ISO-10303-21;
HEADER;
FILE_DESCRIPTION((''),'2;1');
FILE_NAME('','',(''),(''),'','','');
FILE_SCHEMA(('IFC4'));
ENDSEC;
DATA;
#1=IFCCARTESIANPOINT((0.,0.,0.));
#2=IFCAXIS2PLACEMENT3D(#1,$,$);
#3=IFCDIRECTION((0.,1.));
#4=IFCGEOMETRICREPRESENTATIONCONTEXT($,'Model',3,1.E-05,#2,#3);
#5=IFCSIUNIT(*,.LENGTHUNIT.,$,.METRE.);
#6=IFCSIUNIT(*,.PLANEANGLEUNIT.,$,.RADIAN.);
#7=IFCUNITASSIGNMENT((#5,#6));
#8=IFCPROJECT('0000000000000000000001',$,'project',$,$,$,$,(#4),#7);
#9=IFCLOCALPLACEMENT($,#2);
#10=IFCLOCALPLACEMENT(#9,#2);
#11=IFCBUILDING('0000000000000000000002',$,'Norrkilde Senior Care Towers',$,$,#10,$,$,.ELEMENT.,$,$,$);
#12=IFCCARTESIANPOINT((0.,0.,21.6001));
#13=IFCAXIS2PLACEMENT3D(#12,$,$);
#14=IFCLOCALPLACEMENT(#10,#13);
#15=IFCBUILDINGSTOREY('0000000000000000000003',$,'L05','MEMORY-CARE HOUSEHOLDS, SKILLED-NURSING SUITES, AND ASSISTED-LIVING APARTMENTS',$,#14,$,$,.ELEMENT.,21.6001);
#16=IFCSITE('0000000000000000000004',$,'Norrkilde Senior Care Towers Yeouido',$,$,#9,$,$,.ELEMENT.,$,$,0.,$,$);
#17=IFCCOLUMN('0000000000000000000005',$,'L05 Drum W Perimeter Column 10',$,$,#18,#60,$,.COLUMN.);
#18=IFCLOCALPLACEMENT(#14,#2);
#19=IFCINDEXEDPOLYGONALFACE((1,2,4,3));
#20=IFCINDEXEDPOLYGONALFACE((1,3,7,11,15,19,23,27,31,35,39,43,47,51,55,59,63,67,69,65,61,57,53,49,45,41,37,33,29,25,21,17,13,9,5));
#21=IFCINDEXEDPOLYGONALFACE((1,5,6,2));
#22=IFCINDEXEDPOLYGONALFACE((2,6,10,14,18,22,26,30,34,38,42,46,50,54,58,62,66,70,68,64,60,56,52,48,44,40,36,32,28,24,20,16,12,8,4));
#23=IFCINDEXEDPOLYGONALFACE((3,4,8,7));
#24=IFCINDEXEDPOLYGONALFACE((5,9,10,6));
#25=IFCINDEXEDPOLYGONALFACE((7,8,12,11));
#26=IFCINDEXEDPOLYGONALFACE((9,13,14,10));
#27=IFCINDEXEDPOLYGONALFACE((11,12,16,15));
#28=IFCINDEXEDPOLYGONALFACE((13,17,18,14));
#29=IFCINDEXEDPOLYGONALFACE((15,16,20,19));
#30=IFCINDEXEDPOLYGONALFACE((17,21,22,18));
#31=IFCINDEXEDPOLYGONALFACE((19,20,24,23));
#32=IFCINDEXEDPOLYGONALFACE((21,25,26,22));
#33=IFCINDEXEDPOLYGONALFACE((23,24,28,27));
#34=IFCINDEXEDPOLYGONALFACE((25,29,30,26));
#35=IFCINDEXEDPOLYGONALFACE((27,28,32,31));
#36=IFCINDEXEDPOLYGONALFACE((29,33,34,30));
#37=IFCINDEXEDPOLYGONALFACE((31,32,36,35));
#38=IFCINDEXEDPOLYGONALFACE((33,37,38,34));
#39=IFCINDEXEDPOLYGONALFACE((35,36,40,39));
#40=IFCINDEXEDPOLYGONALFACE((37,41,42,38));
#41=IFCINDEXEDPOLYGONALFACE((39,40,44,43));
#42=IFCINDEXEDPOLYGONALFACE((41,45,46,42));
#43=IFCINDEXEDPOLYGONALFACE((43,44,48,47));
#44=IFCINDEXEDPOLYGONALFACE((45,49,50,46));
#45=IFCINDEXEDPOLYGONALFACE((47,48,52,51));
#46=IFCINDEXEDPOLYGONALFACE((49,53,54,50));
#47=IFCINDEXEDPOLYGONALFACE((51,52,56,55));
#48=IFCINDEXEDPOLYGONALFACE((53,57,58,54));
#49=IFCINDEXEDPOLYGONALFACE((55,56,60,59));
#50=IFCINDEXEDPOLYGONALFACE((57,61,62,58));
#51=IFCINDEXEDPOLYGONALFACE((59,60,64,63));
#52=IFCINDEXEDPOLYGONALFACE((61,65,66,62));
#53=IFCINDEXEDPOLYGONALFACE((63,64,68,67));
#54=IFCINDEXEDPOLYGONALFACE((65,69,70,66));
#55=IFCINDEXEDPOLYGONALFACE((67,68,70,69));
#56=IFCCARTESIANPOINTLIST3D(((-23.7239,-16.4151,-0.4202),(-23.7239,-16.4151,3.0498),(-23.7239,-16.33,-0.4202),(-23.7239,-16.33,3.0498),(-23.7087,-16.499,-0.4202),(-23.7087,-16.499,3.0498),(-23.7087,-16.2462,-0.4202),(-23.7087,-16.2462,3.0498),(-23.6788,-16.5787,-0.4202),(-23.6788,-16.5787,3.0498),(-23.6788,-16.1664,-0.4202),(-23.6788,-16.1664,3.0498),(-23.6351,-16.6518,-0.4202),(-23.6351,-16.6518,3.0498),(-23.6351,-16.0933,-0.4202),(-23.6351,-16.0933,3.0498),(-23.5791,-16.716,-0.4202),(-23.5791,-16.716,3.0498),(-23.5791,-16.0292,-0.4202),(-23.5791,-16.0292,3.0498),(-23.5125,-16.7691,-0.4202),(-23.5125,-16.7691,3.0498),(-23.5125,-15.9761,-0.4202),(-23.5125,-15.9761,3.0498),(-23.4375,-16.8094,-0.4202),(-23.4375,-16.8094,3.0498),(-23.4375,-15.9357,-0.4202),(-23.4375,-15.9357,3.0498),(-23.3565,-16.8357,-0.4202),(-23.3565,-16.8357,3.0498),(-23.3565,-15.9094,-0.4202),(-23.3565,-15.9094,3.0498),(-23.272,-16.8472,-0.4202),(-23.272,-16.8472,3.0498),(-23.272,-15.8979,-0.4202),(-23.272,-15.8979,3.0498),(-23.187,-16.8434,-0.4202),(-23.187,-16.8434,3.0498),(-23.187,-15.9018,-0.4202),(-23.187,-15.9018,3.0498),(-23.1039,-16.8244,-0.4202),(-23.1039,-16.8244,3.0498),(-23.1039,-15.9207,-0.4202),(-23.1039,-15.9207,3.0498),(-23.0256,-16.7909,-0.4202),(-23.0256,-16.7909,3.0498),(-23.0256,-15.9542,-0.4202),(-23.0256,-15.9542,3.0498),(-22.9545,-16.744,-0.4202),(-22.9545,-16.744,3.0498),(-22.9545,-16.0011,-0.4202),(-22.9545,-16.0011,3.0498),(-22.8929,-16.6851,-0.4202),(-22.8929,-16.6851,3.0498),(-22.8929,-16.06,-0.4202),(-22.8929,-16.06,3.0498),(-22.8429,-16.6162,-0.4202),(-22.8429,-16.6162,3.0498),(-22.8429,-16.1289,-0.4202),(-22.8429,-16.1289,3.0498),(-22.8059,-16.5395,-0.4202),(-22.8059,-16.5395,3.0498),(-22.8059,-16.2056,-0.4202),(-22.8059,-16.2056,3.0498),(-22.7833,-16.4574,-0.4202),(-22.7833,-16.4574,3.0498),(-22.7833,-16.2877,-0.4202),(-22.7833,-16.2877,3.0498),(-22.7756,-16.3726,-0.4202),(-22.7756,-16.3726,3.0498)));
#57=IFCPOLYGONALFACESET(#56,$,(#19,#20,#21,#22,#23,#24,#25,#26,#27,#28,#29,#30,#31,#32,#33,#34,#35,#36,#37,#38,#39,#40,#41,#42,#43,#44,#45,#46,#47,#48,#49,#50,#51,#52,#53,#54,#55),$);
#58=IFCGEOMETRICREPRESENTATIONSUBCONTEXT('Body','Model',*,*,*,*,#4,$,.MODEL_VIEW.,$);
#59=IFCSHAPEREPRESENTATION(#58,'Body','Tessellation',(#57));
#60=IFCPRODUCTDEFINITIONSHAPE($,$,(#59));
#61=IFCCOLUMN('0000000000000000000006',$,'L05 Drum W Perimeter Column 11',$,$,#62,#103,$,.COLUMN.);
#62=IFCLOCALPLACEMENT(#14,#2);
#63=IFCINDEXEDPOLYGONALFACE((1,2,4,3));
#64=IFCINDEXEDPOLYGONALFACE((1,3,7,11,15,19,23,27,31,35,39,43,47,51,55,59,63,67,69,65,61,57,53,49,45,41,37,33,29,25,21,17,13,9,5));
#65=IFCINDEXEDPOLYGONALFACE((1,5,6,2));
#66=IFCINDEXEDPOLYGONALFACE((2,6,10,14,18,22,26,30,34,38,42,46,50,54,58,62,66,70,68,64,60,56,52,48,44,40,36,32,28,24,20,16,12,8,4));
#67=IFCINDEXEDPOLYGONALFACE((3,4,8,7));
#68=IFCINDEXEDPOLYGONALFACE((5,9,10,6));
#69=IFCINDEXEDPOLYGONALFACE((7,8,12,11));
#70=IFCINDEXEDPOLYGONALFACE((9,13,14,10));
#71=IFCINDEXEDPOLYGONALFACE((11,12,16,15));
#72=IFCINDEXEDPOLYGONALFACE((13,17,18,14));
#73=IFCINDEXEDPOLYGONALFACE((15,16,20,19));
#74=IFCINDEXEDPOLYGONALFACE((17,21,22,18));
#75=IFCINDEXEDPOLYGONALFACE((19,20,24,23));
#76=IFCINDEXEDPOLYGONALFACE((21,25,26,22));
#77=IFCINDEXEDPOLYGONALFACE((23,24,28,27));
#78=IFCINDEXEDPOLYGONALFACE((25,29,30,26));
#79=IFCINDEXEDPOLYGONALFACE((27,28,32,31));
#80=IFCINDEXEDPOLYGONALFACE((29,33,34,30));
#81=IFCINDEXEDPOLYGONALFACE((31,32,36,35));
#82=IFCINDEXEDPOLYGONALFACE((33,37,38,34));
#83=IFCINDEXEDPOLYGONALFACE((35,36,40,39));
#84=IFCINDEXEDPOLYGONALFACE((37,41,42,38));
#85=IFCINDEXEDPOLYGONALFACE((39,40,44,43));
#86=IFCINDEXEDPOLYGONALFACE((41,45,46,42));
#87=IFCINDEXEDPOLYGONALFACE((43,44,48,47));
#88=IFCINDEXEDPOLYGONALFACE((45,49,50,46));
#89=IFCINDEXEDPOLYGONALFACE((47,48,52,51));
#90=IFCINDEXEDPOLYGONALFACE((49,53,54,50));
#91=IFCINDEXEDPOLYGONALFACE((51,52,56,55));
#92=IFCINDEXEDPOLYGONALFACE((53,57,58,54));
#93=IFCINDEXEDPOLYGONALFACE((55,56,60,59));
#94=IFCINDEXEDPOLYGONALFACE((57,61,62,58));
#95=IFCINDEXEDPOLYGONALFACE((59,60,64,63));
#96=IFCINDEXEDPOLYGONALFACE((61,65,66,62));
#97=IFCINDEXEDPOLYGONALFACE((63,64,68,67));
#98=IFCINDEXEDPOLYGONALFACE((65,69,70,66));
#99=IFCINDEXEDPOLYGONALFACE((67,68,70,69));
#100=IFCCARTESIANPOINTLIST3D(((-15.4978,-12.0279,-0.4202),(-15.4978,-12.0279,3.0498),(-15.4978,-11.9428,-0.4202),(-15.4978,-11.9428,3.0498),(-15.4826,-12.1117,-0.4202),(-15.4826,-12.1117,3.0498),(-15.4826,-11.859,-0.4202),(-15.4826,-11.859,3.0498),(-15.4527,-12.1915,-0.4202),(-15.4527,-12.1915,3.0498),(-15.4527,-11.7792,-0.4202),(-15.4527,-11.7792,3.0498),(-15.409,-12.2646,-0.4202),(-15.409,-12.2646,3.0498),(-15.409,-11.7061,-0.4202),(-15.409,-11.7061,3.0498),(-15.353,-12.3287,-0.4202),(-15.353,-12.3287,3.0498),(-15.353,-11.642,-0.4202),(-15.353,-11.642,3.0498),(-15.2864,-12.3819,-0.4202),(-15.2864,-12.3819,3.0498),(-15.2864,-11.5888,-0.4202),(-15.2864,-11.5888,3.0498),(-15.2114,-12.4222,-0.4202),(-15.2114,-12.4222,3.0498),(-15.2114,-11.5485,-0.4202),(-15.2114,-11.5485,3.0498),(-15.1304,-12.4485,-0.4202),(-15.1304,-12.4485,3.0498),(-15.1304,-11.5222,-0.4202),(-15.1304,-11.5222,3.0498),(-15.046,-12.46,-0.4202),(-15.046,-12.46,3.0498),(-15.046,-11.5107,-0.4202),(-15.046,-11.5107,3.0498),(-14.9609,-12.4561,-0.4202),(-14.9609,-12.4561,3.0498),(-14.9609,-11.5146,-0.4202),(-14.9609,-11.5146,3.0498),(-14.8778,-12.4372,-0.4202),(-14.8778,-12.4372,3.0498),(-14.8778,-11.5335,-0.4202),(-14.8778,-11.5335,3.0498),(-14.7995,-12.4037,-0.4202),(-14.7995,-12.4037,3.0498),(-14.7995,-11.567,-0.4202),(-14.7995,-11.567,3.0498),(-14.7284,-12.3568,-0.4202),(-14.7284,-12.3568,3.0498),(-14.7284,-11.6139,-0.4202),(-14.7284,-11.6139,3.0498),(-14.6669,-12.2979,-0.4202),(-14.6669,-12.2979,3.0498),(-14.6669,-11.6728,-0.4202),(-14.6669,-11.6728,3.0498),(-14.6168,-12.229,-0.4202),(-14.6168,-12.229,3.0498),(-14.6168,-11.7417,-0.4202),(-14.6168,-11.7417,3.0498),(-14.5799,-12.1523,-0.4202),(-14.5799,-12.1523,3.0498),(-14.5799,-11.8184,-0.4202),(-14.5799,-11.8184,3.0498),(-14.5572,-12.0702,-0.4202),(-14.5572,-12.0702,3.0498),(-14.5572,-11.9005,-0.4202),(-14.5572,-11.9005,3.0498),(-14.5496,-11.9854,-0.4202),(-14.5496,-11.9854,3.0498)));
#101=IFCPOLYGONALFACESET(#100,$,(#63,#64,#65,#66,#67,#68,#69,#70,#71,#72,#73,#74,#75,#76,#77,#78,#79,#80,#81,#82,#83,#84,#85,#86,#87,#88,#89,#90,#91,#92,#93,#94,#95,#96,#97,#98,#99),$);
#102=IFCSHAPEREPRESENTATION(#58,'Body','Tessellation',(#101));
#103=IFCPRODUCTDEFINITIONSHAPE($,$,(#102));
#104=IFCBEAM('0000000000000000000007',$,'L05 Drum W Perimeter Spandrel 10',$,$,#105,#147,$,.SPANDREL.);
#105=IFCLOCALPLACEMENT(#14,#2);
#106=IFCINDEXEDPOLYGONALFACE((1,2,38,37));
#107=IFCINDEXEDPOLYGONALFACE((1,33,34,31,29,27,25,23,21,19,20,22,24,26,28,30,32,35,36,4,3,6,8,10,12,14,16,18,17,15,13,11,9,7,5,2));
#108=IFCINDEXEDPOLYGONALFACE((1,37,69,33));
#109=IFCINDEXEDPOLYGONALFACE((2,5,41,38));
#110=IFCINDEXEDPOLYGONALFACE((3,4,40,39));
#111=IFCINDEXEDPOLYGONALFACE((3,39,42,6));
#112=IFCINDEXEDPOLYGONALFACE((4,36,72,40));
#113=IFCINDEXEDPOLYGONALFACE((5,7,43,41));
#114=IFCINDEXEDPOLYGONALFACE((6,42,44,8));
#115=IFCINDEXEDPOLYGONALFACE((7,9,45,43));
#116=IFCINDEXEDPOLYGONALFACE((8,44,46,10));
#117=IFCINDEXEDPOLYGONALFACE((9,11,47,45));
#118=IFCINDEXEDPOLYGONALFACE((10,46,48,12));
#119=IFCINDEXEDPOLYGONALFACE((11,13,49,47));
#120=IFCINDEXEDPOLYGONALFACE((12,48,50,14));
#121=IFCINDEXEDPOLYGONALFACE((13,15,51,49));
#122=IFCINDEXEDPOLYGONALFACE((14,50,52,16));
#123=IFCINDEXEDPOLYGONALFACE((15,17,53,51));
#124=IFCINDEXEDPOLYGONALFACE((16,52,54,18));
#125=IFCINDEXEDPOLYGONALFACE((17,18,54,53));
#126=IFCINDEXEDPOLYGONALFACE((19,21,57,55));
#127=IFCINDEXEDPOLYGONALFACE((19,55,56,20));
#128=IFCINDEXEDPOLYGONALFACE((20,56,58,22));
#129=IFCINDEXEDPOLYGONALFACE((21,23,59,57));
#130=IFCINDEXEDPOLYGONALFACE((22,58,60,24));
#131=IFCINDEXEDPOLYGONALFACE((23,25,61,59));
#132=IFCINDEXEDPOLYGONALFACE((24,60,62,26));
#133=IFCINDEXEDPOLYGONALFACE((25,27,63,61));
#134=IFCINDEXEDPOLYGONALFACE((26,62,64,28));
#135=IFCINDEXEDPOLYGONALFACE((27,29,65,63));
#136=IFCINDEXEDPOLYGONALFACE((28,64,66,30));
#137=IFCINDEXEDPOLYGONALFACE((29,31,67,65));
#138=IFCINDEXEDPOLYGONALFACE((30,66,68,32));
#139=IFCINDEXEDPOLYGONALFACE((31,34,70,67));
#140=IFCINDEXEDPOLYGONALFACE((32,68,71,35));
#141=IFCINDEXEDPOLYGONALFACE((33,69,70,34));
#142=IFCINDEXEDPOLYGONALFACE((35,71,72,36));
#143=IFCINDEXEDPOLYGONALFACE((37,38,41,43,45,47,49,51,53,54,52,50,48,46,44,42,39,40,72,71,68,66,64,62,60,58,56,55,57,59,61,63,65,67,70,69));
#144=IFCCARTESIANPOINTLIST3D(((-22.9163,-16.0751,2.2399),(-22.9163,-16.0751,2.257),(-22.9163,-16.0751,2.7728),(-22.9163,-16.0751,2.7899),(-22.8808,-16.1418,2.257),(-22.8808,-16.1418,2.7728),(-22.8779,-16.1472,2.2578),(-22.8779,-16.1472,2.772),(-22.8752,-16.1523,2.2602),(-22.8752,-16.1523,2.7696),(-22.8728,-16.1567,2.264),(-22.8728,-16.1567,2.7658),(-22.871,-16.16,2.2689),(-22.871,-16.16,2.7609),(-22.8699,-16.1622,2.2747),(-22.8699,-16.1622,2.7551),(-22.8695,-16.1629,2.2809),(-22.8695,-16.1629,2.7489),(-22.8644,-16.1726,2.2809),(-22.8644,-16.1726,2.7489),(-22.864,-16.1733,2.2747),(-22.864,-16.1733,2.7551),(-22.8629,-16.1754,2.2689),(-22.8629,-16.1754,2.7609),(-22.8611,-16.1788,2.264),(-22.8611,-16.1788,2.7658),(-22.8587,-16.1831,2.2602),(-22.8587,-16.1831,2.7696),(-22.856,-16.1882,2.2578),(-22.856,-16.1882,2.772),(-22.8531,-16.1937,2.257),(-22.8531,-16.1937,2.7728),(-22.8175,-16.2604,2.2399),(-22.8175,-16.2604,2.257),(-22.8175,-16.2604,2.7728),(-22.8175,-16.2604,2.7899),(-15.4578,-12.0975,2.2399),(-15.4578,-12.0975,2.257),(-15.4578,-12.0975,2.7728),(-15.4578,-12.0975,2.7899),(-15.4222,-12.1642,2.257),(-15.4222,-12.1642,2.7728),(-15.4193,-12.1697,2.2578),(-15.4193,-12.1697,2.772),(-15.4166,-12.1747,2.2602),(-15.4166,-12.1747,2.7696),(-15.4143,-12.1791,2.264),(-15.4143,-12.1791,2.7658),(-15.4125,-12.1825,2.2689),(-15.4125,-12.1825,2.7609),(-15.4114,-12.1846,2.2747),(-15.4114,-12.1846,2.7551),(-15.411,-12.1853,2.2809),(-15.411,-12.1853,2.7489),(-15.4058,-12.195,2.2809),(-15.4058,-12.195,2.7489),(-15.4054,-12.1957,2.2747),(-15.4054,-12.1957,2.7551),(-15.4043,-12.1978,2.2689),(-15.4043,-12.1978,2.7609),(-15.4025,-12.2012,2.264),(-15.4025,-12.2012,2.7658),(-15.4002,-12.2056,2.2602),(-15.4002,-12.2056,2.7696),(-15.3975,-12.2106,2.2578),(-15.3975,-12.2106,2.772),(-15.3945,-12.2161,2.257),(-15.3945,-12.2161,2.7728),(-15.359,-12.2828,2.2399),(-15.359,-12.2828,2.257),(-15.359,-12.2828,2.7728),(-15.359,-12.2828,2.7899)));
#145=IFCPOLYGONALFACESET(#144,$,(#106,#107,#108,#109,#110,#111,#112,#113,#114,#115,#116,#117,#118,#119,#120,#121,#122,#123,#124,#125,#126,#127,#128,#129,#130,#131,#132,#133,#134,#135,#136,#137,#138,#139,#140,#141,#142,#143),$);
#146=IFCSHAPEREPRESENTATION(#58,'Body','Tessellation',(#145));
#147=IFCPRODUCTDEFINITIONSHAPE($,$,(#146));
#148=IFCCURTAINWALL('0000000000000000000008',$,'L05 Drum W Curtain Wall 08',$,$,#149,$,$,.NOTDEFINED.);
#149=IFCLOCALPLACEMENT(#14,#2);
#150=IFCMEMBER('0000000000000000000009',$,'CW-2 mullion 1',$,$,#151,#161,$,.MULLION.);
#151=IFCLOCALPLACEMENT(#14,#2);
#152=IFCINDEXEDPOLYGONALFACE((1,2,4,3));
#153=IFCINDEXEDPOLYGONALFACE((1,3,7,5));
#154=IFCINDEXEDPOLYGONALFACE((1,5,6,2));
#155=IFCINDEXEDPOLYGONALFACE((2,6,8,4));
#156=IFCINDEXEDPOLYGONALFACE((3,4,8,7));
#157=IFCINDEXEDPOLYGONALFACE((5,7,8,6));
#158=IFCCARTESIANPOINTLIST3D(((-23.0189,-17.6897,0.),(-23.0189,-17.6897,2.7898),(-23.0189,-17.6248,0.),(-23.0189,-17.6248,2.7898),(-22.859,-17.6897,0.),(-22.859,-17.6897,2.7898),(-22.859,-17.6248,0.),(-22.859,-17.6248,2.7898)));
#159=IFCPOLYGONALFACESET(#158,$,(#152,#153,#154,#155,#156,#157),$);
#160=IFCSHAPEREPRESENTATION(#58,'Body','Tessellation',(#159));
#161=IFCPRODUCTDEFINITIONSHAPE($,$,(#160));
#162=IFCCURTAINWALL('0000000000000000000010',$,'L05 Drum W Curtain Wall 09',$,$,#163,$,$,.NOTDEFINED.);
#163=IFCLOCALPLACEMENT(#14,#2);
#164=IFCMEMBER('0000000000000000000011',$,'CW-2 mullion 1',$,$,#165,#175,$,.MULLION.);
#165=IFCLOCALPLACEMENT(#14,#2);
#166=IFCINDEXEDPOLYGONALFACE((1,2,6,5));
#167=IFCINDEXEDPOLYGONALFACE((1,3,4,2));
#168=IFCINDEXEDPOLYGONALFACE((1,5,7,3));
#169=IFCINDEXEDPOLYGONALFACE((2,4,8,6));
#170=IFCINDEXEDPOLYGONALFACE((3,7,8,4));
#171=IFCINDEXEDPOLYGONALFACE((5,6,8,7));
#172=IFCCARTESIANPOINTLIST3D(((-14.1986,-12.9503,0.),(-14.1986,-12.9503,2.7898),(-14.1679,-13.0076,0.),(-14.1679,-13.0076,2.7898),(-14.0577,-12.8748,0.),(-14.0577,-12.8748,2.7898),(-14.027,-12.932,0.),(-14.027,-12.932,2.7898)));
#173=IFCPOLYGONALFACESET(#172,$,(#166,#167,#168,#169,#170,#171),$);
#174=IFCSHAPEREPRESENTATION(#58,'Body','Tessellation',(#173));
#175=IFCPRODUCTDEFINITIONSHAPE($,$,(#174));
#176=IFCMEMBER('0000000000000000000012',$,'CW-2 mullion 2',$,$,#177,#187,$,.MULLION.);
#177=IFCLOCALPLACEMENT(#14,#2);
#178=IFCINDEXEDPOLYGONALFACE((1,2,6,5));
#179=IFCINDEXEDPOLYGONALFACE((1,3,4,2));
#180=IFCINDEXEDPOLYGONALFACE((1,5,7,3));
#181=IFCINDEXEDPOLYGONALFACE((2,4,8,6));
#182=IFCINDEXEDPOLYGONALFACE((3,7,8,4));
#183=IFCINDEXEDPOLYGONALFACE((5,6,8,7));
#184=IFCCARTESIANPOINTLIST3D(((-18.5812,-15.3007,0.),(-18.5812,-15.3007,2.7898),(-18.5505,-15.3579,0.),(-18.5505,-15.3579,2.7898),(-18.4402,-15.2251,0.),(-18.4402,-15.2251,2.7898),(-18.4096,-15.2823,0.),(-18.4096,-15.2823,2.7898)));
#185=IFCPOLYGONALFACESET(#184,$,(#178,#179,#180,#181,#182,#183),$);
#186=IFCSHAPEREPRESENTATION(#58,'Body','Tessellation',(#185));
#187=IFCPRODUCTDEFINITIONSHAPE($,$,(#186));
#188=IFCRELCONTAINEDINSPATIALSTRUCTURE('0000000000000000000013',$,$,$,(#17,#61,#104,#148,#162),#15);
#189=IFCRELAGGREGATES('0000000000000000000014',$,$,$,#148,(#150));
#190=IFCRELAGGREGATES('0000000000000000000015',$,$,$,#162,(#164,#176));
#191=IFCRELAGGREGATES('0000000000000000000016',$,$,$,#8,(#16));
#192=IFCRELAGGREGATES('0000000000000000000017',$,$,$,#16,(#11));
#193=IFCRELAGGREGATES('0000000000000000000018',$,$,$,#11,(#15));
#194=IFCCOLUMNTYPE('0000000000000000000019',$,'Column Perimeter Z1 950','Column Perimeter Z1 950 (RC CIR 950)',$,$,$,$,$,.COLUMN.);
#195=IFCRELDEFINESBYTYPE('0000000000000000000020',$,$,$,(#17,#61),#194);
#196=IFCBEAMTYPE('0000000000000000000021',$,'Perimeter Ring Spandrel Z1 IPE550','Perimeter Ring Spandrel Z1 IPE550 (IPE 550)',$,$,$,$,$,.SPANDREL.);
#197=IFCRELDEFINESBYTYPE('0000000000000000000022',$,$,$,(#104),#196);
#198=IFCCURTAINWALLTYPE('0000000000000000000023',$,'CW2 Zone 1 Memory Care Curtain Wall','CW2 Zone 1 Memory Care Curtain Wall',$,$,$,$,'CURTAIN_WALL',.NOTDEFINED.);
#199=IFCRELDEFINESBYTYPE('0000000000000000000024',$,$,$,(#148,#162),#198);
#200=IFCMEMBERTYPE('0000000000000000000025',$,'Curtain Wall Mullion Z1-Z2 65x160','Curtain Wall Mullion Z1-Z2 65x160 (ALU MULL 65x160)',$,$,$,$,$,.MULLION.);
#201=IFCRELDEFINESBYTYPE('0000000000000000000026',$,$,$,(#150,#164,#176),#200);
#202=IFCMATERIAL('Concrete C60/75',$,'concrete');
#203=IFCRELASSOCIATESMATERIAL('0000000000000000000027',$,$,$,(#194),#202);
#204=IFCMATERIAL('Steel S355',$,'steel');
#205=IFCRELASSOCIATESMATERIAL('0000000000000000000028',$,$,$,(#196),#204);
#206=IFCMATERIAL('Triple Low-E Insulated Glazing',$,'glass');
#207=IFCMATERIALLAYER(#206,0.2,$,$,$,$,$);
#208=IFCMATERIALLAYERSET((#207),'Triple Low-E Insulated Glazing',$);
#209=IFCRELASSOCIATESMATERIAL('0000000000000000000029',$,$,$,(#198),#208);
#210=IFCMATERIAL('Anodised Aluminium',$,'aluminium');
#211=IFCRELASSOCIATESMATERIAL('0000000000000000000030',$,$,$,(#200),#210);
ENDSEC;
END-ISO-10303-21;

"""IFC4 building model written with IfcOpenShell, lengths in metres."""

from ifc_helpers import new_model, si_unit, direction, frame, origin, origin_2d, place, context, subcontext, project, spatial, rectangle, circle, i_section, extrude, source, transform, mapped, material, layer, layer_set, material_profile, profile_set, type_object, type_shapes, element, aggregate, save


model = new_model("IFC4")

# Units and contexts
model_context = context("Model", 3, precision=1e-05, world=origin(), true_north=direction((0.0, 1.0)))
body_context = subcontext(model_context, "Body", "Model", "MODEL_VIEW")
ifc_project = project(units=[si_unit("LENGTHUNIT", "METRE"), si_unit("PLANEANGLEUNIT", "RADIAN")], contexts=[model_context])

# Site, building, storey
site_placement = place(None, origin())
site = spatial("IfcSite", under=ifc_project, at=site_placement, Name="Norrkilde Senior Care Towers Yeouido", CompositionType="ELEMENT", RefElevation=0.0)
building_placement = place(site_placement, origin())
building = spatial("IfcBuilding", under=site, at=building_placement, Name="Norrkilde Senior Care Towers", CompositionType="ELEMENT")
storey_placement = place(building_placement, frame((0.0, 0.0, 21.6001)))
storey = spatial("IfcBuildingStorey", under=building, at=storey_placement, Name="L05", Description="MEMORY-CARE HOUSEHOLDS, SKILLED-NURSING SUITES, AND ASSISTED-LIVING APARTMENTS", CompositionType="ELEMENT", Elevation=21.6001)

# Columns
ifc_material_1 = material(Name="Concrete C60/75", Category="concrete")
ifc_material_profile_1 = material_profile(ifc_material_1, circle(Radius=0.4751, at=origin_2d()), Name="RC CIR 950")
ifc_profile_set_1 = profile_set([ifc_material_profile_1], Name="Concrete C60/75")
column_type = type_object("IfcColumnType", Name="Column Perimeter Z1 950", Description="Column Perimeter Z1 950 (RC CIR 950)", PredefinedType="COLUMN", material=ifc_profile_set_1)
shared_shape_1 = source(origin(), body_context, "Body", "SweptSolid", [
    extrude(circle(Radius=0.4751, at=origin_2d()), origin(), (0.0, 0.0, 1.0), 3.47),
])
type_shapes(column_type, [shared_shape_1])
for number, where, z_axis, x_axis, name in (
    (1, (-23.2507, -16.3726, -0.4202), (0.0, 0.0, 1.0), (1.0, 0.0, 0.0), "L05 Drum W Perimeter Column 10"),
    (2, (-15.0247, -11.9854, -0.4202), (0.0, 0.0, 1.0), (1.0, 0.0, 0.0), "L05 Drum W Perimeter Column 11"),
):
    element("IfcColumn", number, at=place(storey_placement, frame(where, z_axis=z_axis, x_axis=x_axis)), inside=storey, type_object=column_type, Name=name, PredefinedType="COLUMN", context=body_context, shape_type="MappedRepresentation", body=[
        mapped(shared_shape_1, transform((0.0, 0.0, 0.0), x_axis=(1.0, 0.0, 0.0), y_axis=(0.0, 1.0, 0.0), z_axis=(0.0, 0.0, 1.0), scale=1.0)),
    ])

# Beam
ifc_material_2 = material(Name="Steel S355", Category="steel")
ifc_material_profile_2 = material_profile(ifc_material_2, i_section(OverallWidth=0.21, OverallDepth=0.55, WebThickness=0.011, FlangeThickness=0.0171, FilletRadius=0.0239, at=origin_2d()), Name="IPE 550")
ifc_profile_set_2 = profile_set([ifc_material_profile_2], Name="Steel S355")
beam_type = type_object("IfcBeamType", Name="Perimeter Ring Spandrel Z1 IPE550", Description="Perimeter Ring Spandrel Z1 IPE550 (IPE 550)", PredefinedType="SPANDREL", material=ifc_profile_set_2)
shared_shape_2 = source(origin(), body_context, "Body", "SweptSolid", [
    extrude(i_section(OverallWidth=0.21, OverallDepth=0.55, WebThickness=0.011, FlangeThickness=0.0171, FilletRadius=0.0239, at=origin_2d()), origin(), (0.0, 0.0, 1.0), 8.4529),
])
type_shapes(beam_type, [shared_shape_2])
beam_placement = place(storey_placement, frame((-22.8669, -16.1677, 2.5149), z_axis=(0.882369, 0.470558, 0.0), x_axis=(-0.470558, 0.882369, 0.0)))
element("IfcBeam", 3, at=beam_placement, inside=storey, type_object=beam_type, Name="L05 Drum W Perimeter Spandrel 10", PredefinedType="SPANDREL", context=body_context, shape_type="MappedRepresentation", body=[
    mapped(shared_shape_2, transform((0.0, 0.0, 0.0), x_axis=(1.0, 0.0, 0.0), y_axis=(0.0, 1.0, 0.0), z_axis=(0.0, 0.0, 1.0), scale=1.0)),
])

# Curtain wall, member
ifc_material_3 = material(Name="Triple Low-E Insulated Glazing", Category="glass")
ifc_layer_1 = layer(ifc_material_3, 0.2)
ifc_layer_set_1 = layer_set([ifc_layer_1], Name="Triple Low-E Insulated Glazing")
curtain_wall_type = type_object("IfcCurtainWallType", Name="CW2 Zone 1 Memory Care Curtain Wall", Description="CW2 Zone 1 Memory Care Curtain Wall", ElementType="CURTAIN_WALL", PredefinedType="NOTDEFINED", material=ifc_layer_set_1)
curtain_wall_1_placement = place(storey_placement, origin())
curtain_wall_1 = element("IfcCurtainWall", 4, at=curtain_wall_1_placement, inside=storey, type_object=curtain_wall_type, Name="L05 Drum W Curtain Wall 08", PredefinedType="NOTDEFINED")
ifc_material_4 = material(Name="Anodised Aluminium", Category="aluminium")
ifc_material_profile_3 = material_profile(ifc_material_4, rectangle(XDim=0.0649, YDim=0.1599, at=origin_2d()), Name="ALU MULL 65x160")
ifc_profile_set_3 = profile_set([ifc_material_profile_3], Name="Anodised Aluminium")
member_type_1 = type_object("IfcMemberType", Name="Curtain Wall Mullion Z1-Z2 65x160", Description="Curtain Wall Mullion Z1-Z2 65x160 (ALU MULL 65x160)", PredefinedType="MULLION", material=ifc_profile_set_3)
shared_shape_3 = source(origin(), body_context, "Body", "SweptSolid", [
    extrude(rectangle(XDim=0.0649, YDim=0.1599, at=origin_2d()), origin(), (0.0, 0.0, 1.0), 2.7898),
])
type_shapes(member_type_1, [shared_shape_3])
member_1_placement = place(storey_placement, frame((-22.939, -17.6572, 0.0), z_axis=(0.0, 0.0, 1.0), x_axis=(0.0, -1.0, 0.0)))
member_1 = element("IfcMember", 5, at=member_1_placement, type_object=member_type_1, Name="CW-2 mullion 1", PredefinedType="MULLION", context=body_context, shape_type="MappedRepresentation", body=[
    mapped(shared_shape_3, transform((0.0, 0.0, 0.0), x_axis=(1.0, 0.0, 0.0), y_axis=(0.0, 1.0, 0.0), z_axis=(0.0, 0.0, 1.0), scale=1.0)),
])

# Curtain wall, members
curtain_wall_2_placement = place(storey_placement, origin())
curtain_wall_2 = element("IfcCurtainWall", 6, at=curtain_wall_2_placement, inside=storey, type_object=curtain_wall_type, Name="L05 Drum W Curtain Wall 09", PredefinedType="NOTDEFINED")
member_2_placement = place(storey_placement, frame((-14.1128, -12.9412, 0.0), z_axis=(0.0, 0.0, 1.0), x_axis=(0.472608, -0.881273, 0.0)))
member_2 = element("IfcMember", 7, at=member_2_placement, type_object=member_type_1, Name="CW-2 mullion 1", PredefinedType="MULLION", context=body_context, shape_type="MappedRepresentation", body=[
    mapped(shared_shape_3, transform((0.0, 0.0, 0.0), x_axis=(1.0, 0.0, 0.0), y_axis=(0.0, 1.0, 0.0), z_axis=(0.0, 0.0, 1.0), scale=1.0)),
])
member_3_placement = place(storey_placement, frame((-18.4954, -15.2915, 0.0), z_axis=(0.0, 0.0, 1.0), x_axis=(0.472608, -0.881273, 0.0)))
member_3 = element("IfcMember", 8, at=member_3_placement, type_object=member_type_1, Name="CW-2 mullion 2", PredefinedType="MULLION", context=body_context, shape_type="MappedRepresentation", body=[
    mapped(shared_shape_3, transform((0.0, 0.0, 0.0), x_axis=(1.0, 0.0, 0.0), y_axis=(0.0, 1.0, 0.0), z_axis=(0.0, 0.0, 1.0), scale=1.0)),
])

aggregate(curtain_wall_1, [member_1])

aggregate(curtain_wall_2, [member_2, member_3])

save(model, "model.ifc")
